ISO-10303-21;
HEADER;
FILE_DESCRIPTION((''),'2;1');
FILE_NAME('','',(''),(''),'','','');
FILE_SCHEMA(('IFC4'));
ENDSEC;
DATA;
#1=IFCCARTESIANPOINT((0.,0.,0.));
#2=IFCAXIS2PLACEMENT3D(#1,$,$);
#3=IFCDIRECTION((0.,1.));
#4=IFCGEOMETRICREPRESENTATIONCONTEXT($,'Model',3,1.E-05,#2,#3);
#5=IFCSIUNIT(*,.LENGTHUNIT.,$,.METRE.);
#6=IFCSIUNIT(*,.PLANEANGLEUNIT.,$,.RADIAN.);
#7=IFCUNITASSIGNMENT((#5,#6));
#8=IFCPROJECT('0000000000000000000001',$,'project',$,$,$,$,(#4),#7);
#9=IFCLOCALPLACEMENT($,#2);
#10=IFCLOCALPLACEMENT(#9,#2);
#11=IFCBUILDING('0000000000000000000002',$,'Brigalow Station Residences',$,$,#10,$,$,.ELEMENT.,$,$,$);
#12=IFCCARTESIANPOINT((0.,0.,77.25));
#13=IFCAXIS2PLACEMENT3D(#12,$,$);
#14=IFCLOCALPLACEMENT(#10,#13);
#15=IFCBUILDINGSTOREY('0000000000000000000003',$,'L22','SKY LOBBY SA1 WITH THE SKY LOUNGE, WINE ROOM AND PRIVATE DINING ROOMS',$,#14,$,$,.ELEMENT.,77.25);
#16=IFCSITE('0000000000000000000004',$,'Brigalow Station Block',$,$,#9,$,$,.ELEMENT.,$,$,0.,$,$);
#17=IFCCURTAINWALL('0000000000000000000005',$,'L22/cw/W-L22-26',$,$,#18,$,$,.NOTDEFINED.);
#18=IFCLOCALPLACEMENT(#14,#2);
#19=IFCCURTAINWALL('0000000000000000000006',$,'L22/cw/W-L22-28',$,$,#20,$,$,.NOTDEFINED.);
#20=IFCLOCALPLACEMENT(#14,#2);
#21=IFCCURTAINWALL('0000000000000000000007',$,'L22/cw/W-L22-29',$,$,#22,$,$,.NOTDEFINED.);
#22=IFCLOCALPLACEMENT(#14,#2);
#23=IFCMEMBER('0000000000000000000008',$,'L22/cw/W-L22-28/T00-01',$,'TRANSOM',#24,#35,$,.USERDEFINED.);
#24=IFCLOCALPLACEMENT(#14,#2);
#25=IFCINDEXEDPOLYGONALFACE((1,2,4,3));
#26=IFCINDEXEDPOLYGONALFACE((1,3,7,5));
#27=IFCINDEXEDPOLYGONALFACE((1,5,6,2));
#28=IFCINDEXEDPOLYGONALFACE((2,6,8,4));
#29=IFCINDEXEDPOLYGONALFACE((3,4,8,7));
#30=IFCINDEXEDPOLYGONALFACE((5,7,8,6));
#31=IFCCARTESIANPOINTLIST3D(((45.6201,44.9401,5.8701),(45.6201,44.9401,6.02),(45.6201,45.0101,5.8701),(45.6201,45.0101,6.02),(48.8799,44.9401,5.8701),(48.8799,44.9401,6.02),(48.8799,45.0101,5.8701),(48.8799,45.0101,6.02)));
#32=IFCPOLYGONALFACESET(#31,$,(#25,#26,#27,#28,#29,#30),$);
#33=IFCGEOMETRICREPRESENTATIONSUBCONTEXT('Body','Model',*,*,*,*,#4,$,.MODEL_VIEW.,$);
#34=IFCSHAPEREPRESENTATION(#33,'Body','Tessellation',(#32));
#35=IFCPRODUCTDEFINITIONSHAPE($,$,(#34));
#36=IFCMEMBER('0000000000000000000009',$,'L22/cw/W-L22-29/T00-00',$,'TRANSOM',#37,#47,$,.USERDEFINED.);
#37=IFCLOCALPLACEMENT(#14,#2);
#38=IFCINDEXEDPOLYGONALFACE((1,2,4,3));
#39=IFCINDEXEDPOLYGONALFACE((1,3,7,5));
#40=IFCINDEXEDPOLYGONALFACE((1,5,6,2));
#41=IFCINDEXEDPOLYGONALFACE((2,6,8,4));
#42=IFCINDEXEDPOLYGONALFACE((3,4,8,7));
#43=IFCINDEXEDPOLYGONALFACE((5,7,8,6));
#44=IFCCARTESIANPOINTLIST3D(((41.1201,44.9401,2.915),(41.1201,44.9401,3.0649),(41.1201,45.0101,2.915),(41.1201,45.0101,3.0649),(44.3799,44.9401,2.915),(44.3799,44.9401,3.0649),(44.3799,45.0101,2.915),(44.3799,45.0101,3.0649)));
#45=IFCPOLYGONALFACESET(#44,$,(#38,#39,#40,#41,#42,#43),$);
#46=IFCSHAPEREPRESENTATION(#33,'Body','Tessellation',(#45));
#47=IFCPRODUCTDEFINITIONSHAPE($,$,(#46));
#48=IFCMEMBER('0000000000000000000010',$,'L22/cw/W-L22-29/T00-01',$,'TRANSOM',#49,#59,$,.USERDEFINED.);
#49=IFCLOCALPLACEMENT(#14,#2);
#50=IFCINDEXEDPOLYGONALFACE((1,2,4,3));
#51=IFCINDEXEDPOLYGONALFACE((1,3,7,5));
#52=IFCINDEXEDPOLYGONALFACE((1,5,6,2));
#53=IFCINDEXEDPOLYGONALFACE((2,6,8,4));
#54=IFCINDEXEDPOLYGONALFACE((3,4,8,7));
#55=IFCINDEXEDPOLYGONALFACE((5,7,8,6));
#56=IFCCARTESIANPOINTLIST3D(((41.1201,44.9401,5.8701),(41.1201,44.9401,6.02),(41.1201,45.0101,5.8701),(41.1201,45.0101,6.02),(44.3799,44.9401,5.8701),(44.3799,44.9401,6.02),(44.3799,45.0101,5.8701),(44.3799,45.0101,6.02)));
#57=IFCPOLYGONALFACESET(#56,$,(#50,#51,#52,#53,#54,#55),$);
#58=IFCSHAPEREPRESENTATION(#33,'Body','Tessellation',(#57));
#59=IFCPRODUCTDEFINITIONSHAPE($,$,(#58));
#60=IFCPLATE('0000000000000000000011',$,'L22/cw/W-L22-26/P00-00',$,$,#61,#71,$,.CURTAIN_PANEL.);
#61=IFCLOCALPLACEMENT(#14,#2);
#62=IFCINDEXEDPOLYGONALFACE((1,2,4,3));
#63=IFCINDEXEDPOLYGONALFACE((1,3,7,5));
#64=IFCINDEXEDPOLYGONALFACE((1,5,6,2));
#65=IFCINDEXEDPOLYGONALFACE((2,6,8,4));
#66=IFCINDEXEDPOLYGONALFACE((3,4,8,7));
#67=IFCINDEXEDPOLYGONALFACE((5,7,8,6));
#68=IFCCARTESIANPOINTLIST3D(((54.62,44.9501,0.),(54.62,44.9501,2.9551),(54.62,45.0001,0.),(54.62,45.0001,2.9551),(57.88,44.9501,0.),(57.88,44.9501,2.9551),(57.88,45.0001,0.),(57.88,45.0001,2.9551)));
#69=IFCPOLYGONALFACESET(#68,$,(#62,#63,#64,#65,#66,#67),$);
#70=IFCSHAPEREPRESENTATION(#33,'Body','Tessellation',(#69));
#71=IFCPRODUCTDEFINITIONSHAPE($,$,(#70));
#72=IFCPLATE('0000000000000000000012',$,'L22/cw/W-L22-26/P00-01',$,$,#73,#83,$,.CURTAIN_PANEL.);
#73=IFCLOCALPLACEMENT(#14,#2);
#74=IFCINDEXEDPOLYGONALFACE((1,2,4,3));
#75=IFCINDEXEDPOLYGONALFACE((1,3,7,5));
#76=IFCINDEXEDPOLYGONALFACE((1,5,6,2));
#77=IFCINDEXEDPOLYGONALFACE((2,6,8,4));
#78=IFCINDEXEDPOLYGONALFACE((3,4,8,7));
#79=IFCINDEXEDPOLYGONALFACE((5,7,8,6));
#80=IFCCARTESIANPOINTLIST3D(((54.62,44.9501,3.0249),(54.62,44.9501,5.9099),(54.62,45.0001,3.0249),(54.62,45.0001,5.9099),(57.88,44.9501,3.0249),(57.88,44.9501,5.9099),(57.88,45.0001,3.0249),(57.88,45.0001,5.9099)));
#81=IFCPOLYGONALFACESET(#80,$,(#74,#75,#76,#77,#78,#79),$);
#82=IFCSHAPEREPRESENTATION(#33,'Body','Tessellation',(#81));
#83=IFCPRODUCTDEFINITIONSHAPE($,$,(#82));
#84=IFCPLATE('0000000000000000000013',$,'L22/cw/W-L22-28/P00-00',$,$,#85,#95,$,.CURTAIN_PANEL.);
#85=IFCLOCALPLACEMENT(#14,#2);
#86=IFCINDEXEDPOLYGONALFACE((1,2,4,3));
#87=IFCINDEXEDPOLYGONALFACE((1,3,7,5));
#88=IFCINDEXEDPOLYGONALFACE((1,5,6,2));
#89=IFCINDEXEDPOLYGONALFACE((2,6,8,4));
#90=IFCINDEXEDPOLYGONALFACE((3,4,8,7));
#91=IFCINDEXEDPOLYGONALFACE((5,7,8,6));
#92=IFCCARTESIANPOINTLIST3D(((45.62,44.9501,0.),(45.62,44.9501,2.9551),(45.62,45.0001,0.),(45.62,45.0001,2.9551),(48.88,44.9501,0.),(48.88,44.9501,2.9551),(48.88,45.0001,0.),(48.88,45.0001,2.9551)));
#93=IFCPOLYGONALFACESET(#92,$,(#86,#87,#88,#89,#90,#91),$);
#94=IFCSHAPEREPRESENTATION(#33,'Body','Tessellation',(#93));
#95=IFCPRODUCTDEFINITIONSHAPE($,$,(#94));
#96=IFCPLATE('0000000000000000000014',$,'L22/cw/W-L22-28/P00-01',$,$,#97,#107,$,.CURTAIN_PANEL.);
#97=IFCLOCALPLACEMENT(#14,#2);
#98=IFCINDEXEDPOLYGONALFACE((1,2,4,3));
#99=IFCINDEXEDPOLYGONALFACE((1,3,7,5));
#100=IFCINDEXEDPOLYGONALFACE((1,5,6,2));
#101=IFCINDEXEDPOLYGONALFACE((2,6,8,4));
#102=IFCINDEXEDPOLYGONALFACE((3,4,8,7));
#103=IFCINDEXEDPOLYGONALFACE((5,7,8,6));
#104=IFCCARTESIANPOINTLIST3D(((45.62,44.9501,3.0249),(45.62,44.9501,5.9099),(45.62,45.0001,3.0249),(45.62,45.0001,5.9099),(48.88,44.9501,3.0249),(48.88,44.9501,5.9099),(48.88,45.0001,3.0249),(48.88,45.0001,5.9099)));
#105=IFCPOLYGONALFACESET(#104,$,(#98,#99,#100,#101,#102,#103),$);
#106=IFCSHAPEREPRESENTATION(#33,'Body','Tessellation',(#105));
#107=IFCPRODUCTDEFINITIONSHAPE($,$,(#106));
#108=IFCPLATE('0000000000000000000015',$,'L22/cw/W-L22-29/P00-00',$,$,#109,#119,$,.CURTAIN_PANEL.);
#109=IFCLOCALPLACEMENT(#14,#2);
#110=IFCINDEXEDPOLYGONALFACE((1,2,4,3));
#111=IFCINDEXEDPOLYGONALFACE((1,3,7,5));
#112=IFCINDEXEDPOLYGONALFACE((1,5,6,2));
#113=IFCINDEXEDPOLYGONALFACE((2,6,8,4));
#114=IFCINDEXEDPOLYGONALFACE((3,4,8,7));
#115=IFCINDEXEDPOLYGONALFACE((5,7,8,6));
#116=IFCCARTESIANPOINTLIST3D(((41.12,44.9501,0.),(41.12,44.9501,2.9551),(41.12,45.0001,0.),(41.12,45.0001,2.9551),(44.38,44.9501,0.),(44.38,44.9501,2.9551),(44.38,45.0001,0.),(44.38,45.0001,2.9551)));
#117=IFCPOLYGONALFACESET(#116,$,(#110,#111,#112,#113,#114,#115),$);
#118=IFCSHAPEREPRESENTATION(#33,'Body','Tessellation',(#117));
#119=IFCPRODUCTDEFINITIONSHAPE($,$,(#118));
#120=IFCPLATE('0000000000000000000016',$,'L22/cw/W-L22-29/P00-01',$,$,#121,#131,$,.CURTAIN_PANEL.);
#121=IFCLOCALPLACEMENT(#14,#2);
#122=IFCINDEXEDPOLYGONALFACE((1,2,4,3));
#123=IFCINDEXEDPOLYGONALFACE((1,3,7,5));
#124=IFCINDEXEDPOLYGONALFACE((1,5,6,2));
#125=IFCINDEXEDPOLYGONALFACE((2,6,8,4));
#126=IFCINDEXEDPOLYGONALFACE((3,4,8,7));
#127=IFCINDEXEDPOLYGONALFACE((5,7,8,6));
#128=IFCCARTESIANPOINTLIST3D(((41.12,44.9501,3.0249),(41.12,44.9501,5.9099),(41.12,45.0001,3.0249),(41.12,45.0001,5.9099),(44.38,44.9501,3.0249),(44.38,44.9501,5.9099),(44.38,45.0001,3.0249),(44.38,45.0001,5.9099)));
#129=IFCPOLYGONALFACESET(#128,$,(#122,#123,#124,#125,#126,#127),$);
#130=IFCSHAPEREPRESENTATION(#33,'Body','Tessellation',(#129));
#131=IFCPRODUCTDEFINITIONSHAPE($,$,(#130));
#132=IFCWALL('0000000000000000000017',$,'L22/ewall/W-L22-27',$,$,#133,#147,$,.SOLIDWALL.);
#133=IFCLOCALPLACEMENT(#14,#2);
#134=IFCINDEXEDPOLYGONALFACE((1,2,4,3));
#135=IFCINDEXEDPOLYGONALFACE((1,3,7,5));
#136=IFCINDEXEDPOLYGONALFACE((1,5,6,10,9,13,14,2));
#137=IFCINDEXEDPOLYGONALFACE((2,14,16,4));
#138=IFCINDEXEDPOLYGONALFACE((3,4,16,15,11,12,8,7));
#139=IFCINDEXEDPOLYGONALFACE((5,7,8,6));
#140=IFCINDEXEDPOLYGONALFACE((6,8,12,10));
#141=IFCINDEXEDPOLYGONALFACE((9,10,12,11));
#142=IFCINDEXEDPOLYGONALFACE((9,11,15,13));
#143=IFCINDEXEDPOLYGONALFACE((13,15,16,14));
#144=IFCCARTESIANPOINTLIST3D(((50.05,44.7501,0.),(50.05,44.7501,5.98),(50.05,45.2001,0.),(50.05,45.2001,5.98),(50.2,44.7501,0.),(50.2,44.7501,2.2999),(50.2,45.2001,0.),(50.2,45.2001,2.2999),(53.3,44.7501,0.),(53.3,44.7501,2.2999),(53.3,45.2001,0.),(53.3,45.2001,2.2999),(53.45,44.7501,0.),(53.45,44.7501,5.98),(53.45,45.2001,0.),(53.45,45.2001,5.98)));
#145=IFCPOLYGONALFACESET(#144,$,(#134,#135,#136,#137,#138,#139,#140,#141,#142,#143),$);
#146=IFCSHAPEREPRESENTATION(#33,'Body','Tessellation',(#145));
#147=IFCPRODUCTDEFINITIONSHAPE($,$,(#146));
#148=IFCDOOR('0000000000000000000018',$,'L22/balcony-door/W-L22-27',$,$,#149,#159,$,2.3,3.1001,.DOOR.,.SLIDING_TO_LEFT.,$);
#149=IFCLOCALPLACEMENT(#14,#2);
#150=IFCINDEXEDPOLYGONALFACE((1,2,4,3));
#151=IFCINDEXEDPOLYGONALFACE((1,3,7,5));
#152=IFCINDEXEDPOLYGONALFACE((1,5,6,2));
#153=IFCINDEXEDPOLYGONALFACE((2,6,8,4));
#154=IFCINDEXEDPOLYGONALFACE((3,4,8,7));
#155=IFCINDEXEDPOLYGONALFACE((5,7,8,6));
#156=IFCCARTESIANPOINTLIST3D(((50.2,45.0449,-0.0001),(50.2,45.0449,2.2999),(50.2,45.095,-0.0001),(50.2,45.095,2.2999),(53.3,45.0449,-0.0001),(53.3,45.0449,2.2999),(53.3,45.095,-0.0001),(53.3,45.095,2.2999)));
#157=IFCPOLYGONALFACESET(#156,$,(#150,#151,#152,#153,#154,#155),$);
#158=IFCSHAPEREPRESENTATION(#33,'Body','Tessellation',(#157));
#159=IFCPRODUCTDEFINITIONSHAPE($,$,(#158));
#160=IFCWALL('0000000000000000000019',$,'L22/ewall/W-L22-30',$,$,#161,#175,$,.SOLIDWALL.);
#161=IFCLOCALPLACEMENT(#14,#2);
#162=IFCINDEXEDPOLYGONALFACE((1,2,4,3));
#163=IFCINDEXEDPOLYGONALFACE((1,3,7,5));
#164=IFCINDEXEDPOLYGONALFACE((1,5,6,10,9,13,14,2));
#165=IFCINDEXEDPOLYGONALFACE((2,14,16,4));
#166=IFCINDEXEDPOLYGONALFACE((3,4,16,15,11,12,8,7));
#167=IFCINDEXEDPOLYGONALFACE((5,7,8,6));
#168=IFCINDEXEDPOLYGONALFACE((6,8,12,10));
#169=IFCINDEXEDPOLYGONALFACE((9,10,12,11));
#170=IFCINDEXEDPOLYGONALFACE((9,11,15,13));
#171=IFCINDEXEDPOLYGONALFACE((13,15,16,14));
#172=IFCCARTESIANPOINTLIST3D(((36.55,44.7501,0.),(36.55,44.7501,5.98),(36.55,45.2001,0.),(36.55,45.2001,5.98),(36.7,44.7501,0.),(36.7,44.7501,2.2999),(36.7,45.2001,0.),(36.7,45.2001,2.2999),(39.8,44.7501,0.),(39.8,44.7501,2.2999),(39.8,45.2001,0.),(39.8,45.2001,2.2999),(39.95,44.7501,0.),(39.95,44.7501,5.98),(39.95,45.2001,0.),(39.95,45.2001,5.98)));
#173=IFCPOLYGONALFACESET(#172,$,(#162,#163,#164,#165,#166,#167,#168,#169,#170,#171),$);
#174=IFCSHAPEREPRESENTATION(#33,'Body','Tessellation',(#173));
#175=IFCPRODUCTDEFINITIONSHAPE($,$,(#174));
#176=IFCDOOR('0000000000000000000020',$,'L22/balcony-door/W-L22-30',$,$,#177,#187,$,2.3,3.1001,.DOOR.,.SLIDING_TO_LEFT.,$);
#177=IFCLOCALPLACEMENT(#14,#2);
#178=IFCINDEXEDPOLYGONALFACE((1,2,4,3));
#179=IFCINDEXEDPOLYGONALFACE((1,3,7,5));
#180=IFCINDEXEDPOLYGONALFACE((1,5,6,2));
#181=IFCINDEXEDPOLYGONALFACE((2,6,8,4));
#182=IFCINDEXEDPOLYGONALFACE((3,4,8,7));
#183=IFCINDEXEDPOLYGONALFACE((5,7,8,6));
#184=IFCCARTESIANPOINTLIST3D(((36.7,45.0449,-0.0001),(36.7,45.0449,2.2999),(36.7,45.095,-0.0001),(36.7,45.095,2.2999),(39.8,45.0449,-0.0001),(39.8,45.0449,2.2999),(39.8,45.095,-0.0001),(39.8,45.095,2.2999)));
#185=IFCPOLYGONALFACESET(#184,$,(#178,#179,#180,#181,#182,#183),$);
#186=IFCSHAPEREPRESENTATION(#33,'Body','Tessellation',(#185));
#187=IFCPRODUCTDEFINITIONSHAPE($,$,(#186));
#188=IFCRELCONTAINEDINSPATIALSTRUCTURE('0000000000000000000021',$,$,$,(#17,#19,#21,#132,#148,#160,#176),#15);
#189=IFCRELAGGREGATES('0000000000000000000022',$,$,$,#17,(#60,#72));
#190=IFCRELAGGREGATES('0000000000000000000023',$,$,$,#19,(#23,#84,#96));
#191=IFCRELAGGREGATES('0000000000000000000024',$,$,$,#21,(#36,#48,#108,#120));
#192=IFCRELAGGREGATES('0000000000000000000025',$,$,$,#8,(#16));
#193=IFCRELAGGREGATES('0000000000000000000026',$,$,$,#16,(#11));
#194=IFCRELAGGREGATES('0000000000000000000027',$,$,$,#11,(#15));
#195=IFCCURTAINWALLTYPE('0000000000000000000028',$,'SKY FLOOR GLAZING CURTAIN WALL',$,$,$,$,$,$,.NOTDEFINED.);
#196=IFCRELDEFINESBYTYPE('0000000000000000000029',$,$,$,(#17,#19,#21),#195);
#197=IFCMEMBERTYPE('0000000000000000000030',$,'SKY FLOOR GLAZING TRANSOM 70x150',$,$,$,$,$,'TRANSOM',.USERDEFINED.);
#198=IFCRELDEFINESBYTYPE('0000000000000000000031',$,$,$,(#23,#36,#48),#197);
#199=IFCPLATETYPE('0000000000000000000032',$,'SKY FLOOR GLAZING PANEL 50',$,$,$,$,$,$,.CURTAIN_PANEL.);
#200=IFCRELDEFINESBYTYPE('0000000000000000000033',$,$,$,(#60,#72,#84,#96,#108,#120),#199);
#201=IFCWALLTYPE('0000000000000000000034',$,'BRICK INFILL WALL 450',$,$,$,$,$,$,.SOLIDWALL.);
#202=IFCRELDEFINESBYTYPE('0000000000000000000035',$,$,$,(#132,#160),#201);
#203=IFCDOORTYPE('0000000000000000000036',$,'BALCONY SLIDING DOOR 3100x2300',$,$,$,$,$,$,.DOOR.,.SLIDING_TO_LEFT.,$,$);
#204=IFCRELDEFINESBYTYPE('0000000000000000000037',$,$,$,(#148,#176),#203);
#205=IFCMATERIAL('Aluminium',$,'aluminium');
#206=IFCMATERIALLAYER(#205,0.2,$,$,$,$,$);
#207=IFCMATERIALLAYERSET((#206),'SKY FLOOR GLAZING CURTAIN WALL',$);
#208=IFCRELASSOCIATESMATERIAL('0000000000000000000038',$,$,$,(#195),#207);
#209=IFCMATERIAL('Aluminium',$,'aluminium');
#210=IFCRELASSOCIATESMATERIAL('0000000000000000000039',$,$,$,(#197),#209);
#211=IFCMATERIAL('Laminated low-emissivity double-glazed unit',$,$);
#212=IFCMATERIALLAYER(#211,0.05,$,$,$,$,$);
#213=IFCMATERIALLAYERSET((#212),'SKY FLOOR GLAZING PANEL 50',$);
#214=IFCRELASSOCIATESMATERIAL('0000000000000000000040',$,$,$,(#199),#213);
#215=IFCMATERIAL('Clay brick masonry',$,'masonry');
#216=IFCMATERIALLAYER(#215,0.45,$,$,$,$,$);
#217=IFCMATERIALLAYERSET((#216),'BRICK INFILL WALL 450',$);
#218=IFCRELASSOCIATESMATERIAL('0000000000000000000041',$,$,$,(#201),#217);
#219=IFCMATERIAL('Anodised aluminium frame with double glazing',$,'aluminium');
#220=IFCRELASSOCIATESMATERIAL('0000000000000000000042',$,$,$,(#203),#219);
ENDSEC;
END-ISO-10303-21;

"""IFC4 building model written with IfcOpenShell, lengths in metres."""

from ifc_helpers import new_model, si_unit, direction, frame, frame_2d, origin, origin_2d, place, context, subcontext, project, spatial, rectangle, extrude, material, layer, layer_set, material_profile, profile_set, type_object, element, fill, aggregate, save


model = new_model("IFC4")

# Units and contexts
model_context = context("Model", 3, precision=1e-05, world=origin(), true_north=direction((0.0, 1.0)))
body_context = subcontext(model_context, "Body", "Model", "MODEL_VIEW")
ifc_project = project(units=[si_unit("LENGTHUNIT", "METRE"), si_unit("PLANEANGLEUNIT", "RADIAN")], contexts=[model_context])

# Site, building, storey
site_placement = place(None, origin())
site = spatial("IfcSite", under=ifc_project, at=site_placement, Name="Brigalow Station Block", CompositionType="ELEMENT", RefElevation=0.0)
building_placement = place(site_placement, origin())
building = spatial("IfcBuilding", under=site, at=building_placement, Name="Brigalow Station Residences", CompositionType="ELEMENT")
storey_placement = place(building_placement, frame((0.0, 0.0, 77.25)))
storey = spatial("IfcBuildingStorey", under=building, at=storey_placement, Name="L22", Description="SKY LOBBY SA1 WITH THE SKY LOUNGE, WINE ROOM AND PRIVATE DINING ROOMS", CompositionType="ELEMENT", Elevation=77.25)

# Shared definitions
ifc_material_1 = material(Name="Aluminium", Category="aluminium")
ifc_layer_1 = layer(ifc_material_1, 0.2)
ifc_layer_set_1 = layer_set([ifc_layer_1], Name="SKY FLOOR GLAZING CURTAIN WALL")
curtain_wall_type = type_object("IfcCurtainWallType", Name="SKY FLOOR GLAZING CURTAIN WALL", PredefinedType="NOTDEFINED", material=ifc_layer_set_1)

# Curtain walls
curtain_wall_1_placement = place(storey_placement, origin())
curtain_wall_1 = element("IfcCurtainWall", 1, at=curtain_wall_1_placement, inside=storey, type_object=curtain_wall_type, Name="L22/cw/W-L22-26", PredefinedType="NOTDEFINED")
curtain_wall_2_placement = place(storey_placement, origin())
curtain_wall_2 = element("IfcCurtainWall", 2, at=curtain_wall_2_placement, inside=storey, type_object=curtain_wall_type, Name="L22/cw/W-L22-28", PredefinedType="NOTDEFINED")
curtain_wall_3_placement = place(storey_placement, origin())
curtain_wall_3 = element("IfcCurtainWall", 3, at=curtain_wall_3_placement, inside=storey, type_object=curtain_wall_type, Name="L22/cw/W-L22-29", PredefinedType="NOTDEFINED")

# Members
ifc_material_2 = material(Name="Aluminium", Category="aluminium")
ifc_material_profile_1 = material_profile(ifc_material_2, rectangle(XDim=0.0701, YDim=0.1499, at=origin_2d()), Name="SKY FLOOR GLAZING TRANSOM 70x150")
ifc_profile_set_1 = profile_set([ifc_material_profile_1], Name="Aluminium")
member_type_1 = type_object("IfcMemberType", Name="SKY FLOOR GLAZING TRANSOM 70x150", ElementType="TRANSOM", PredefinedType="USERDEFINED", material=ifc_profile_set_1)
member_1_placement = place(storey_placement, frame((48.8799, 44.9751, 5.9451), z_axis=(-1.0, 0.0, 0.0), x_axis=(0.0, -1.0, 0.0)))
member_1 = element("IfcMember", 4, at=member_1_placement, type_object=member_type_1, Name="L22/cw/W-L22-28/T00-01", ObjectType="TRANSOM", PredefinedType="USERDEFINED", context=body_context, shape_type="SweptSolid", body=[
    extrude(rectangle(XDim=0.0701, YDim=0.1499, at=origin_2d()), origin(), (0.0, 0.0, 1.0), 3.2598),
])
member_2_placement = place(storey_placement, frame((44.3799, 44.9751, 2.99), z_axis=(-1.0, 0.0, 0.0), x_axis=(0.0, -1.0, 0.0)))
member_2 = element("IfcMember", 5, at=member_2_placement, type_object=member_type_1, Name="L22/cw/W-L22-29/T00-00", ObjectType="TRANSOM", PredefinedType="USERDEFINED", context=body_context, shape_type="SweptSolid", body=[
    extrude(rectangle(XDim=0.0701, YDim=0.1499, at=origin_2d()), origin(), (0.0, 0.0, 1.0), 3.2598),
])
member_3_placement = place(storey_placement, frame((44.3799, 44.9751, 5.9451), z_axis=(-1.0, 0.0, 0.0), x_axis=(0.0, -1.0, 0.0)))
member_3 = element("IfcMember", 6, at=member_3_placement, type_object=member_type_1, Name="L22/cw/W-L22-29/T00-01", ObjectType="TRANSOM", PredefinedType="USERDEFINED", context=body_context, shape_type="SweptSolid", body=[
    extrude(rectangle(XDim=0.0701, YDim=0.1499, at=origin_2d()), origin(), (0.0, 0.0, 1.0), 3.2598),
])

# Plates
ifc_material_3 = material(Name="Laminated low-emissivity double-glazed unit")
ifc_layer_2 = layer(ifc_material_3, 0.05)
ifc_layer_set_2 = layer_set([ifc_layer_2], Name="SKY FLOOR GLAZING PANEL 50")
plate_type = type_object("IfcPlateType", Name="SKY FLOOR GLAZING PANEL 50", PredefinedType="CURTAIN_PANEL", material=ifc_layer_set_2)
plate_1_placement = place(storey_placement, frame((56.25, 44.9751, 0.0), z_axis=(0.0, 0.0, 1.0), x_axis=(-1.0, 0.0, 0.0)))
plate_1 = element("IfcPlate", 7, at=plate_1_placement, type_object=plate_type, Name="L22/cw/W-L22-26/P00-00", PredefinedType="CURTAIN_PANEL", context=body_context, shape_type="SweptSolid", body=[
    extrude(rectangle(XDim=3.26, YDim=0.05, at=origin_2d()), origin(), (0.0, 0.0, 1.0), 2.9551),
])
plate_2_placement = place(storey_placement, frame((56.25, 44.9751, 3.0249), z_axis=(0.0, 0.0, 1.0), x_axis=(-1.0, 0.0, 0.0)))
plate_2 = element("IfcPlate", 8, at=plate_2_placement, type_object=plate_type, Name="L22/cw/W-L22-26/P00-01", PredefinedType="CURTAIN_PANEL", context=body_context, shape_type="SweptSolid", body=[
    extrude(rectangle(XDim=3.26, YDim=0.05, at=origin_2d()), origin(), (0.0, 0.0, 1.0), 2.885),
])
aggregate(curtain_wall_1, [plate_1, plate_2])
plate_3_placement = place(storey_placement, frame((47.25, 44.9751, 0.0), z_axis=(0.0, 0.0, 1.0), x_axis=(-1.0, 0.0, 0.0)))
plate_3 = element("IfcPlate", 9, at=plate_3_placement, type_object=plate_type, Name="L22/cw/W-L22-28/P00-00", PredefinedType="CURTAIN_PANEL", context=body_context, shape_type="SweptSolid", body=[
    extrude(rectangle(XDim=3.26, YDim=0.05, at=origin_2d()), origin(), (0.0, 0.0, 1.0), 2.9551),
])
plate_4_placement = place(storey_placement, frame((47.25, 44.9751, 3.0249), z_axis=(0.0, 0.0, 1.0), x_axis=(-1.0, 0.0, 0.0)))
plate_4 = element("IfcPlate", 10, at=plate_4_placement, type_object=plate_type, Name="L22/cw/W-L22-28/P00-01", PredefinedType="CURTAIN_PANEL", context=body_context, shape_type="SweptSolid", body=[
    extrude(rectangle(XDim=3.26, YDim=0.05, at=origin_2d()), origin(), (0.0, 0.0, 1.0), 2.885),
])
aggregate(curtain_wall_2, [member_1, plate_3, plate_4])
plate_5_placement = place(storey_placement, frame((42.75, 44.9751, 0.0), z_axis=(0.0, 0.0, 1.0), x_axis=(-1.0, 0.0, 0.0)))
plate_5 = element("IfcPlate", 11, at=plate_5_placement, type_object=plate_type, Name="L22/cw/W-L22-29/P00-00", PredefinedType="CURTAIN_PANEL", context=body_context, shape_type="SweptSolid", body=[
    extrude(rectangle(XDim=3.26, YDim=0.05, at=origin_2d()), origin(), (0.0, 0.0, 1.0), 2.9551),
])
plate_6_placement = place(storey_placement, frame((42.75, 44.9751, 3.0249), z_axis=(0.0, 0.0, 1.0), x_axis=(-1.0, 0.0, 0.0)))
plate_6 = element("IfcPlate", 12, at=plate_6_placement, type_object=plate_type, Name="L22/cw/W-L22-29/P00-01", PredefinedType="CURTAIN_PANEL", context=body_context, shape_type="SweptSolid", body=[
    extrude(rectangle(XDim=3.26, YDim=0.05, at=origin_2d()), origin(), (0.0, 0.0, 1.0), 2.885),
])
aggregate(curtain_wall_3, [member_2, member_3, plate_5, plate_6])

# Walls, openings, doors
ifc_material_4 = material(Name="Clay brick masonry", Category="masonry")
ifc_layer_3 = layer(ifc_material_4, 0.45)
ifc_layer_set_3 = layer_set([ifc_layer_3], Name="BRICK INFILL WALL 450")
wall_type_1 = type_object("IfcWallType", Name="BRICK INFILL WALL 450", PredefinedType="SOLIDWALL", material=ifc_layer_set_3)
wall_1_placement = place(storey_placement, frame((53.45, 44.9751, 0.0), z_axis=(0.0, 0.0, 1.0), x_axis=(-1.0, 0.0, 0.0)))
wall_1 = element("IfcWall", 13, at=wall_1_placement, inside=storey, type_object=wall_type_1, Name="L22/ewall/W-L22-27", PredefinedType="SOLIDWALL", context=body_context, shape_type="SweptSolid", body=[
    extrude(rectangle(XDim=3.3999, YDim=0.45, at=frame_2d((1.7, 0.0))), origin(), (0.0, 0.0, 1.0), 5.98),
])
opening_1_placement = place(wall_1_placement, frame((0.1499, 0.0, 0.0)))
opening_1 = element("IfcOpeningElement", 14, at=opening_1_placement, cuts=wall_1, PredefinedType="OPENING", context=body_context, shape_type="SweptSolid", body=[
    extrude(rectangle(XDim=3.1001, YDim=2.3, at=frame_2d((1.55, 1.1499))), frame((0.0, 0.2349, 0.0), z_axis=(0.0, -1.0, 0.0), x_axis=(1.0, 0.0, 0.0)), (0.0, 0.0, 1.0), 0.47),
])
ifc_material_5 = material(Name="Anodised aluminium frame with double glazing", Category="aluminium")
door_type = type_object("IfcDoorType", Name="BALCONY SLIDING DOOR 3100x2300", OperationType="SLIDING_TO_LEFT", PredefinedType="DOOR", material=ifc_material_5)
door_1_placement = place(opening_1_placement, origin())
door_1 = element("IfcDoor", 15, at=door_1_placement, inside=storey, type_object=door_type, Name="L22/balcony-door/W-L22-27", OperationType="SLIDING_TO_LEFT", OverallHeight=2.3, OverallWidth=3.1001, PredefinedType="DOOR", context=body_context, shape_type="SweptSolid", body=[
    extrude(rectangle(XDim=3.1001, YDim=2.3, at=frame_2d((1.55, 1.1499))), frame((0.0, -0.0698, 0.0), z_axis=(0.0, -1.0, 0.0), x_axis=(1.0, 0.0, 0.0)), (0.0, 0.0, 1.0), 0.05),
])
fill(opening_1, door_1)
wall_2_placement = place(storey_placement, frame((39.95, 44.9751, 0.0), z_axis=(0.0, 0.0, 1.0), x_axis=(-1.0, 0.0, 0.0)))
wall_2 = element("IfcWall", 16, at=wall_2_placement, inside=storey, type_object=wall_type_1, Name="L22/ewall/W-L22-30", PredefinedType="SOLIDWALL", context=body_context, shape_type="SweptSolid", body=[
    extrude(rectangle(XDim=3.3999, YDim=0.45, at=frame_2d((1.7, 0.0))), origin(), (0.0, 0.0, 1.0), 5.98),
])
opening_2_placement = place(wall_2_placement, frame((0.1499, 0.0, 0.0)))
opening_2 = element("IfcOpeningElement", 17, at=opening_2_placement, cuts=wall_2, PredefinedType="OPENING", context=body_context, shape_type="SweptSolid", body=[
    extrude(rectangle(XDim=3.1001, YDim=2.3, at=frame_2d((1.55, 1.1499))), frame((0.0, 0.2349, 0.0), z_axis=(0.0, -1.0, 0.0), x_axis=(1.0, 0.0, 0.0)), (0.0, 0.0, 1.0), 0.47),
])
door_2_placement = place(opening_2_placement, origin())
door_2 = element("IfcDoor", 18, at=door_2_placement, inside=storey, type_object=door_type, Name="L22/balcony-door/W-L22-30", OperationType="SLIDING_TO_LEFT", OverallHeight=2.3, OverallWidth=3.1001, PredefinedType="DOOR", context=body_context, shape_type="SweptSolid", body=[
    extrude(rectangle(XDim=3.1001, YDim=2.3, at=frame_2d((1.55, 1.1499))), frame((0.0, -0.0698, 0.0), z_axis=(0.0, -1.0, 0.0), x_axis=(1.0, 0.0, 0.0)), (0.0, 0.0, 1.0), 0.05),
])
fill(opening_2, door_2)

save(model, "model.ifc")
